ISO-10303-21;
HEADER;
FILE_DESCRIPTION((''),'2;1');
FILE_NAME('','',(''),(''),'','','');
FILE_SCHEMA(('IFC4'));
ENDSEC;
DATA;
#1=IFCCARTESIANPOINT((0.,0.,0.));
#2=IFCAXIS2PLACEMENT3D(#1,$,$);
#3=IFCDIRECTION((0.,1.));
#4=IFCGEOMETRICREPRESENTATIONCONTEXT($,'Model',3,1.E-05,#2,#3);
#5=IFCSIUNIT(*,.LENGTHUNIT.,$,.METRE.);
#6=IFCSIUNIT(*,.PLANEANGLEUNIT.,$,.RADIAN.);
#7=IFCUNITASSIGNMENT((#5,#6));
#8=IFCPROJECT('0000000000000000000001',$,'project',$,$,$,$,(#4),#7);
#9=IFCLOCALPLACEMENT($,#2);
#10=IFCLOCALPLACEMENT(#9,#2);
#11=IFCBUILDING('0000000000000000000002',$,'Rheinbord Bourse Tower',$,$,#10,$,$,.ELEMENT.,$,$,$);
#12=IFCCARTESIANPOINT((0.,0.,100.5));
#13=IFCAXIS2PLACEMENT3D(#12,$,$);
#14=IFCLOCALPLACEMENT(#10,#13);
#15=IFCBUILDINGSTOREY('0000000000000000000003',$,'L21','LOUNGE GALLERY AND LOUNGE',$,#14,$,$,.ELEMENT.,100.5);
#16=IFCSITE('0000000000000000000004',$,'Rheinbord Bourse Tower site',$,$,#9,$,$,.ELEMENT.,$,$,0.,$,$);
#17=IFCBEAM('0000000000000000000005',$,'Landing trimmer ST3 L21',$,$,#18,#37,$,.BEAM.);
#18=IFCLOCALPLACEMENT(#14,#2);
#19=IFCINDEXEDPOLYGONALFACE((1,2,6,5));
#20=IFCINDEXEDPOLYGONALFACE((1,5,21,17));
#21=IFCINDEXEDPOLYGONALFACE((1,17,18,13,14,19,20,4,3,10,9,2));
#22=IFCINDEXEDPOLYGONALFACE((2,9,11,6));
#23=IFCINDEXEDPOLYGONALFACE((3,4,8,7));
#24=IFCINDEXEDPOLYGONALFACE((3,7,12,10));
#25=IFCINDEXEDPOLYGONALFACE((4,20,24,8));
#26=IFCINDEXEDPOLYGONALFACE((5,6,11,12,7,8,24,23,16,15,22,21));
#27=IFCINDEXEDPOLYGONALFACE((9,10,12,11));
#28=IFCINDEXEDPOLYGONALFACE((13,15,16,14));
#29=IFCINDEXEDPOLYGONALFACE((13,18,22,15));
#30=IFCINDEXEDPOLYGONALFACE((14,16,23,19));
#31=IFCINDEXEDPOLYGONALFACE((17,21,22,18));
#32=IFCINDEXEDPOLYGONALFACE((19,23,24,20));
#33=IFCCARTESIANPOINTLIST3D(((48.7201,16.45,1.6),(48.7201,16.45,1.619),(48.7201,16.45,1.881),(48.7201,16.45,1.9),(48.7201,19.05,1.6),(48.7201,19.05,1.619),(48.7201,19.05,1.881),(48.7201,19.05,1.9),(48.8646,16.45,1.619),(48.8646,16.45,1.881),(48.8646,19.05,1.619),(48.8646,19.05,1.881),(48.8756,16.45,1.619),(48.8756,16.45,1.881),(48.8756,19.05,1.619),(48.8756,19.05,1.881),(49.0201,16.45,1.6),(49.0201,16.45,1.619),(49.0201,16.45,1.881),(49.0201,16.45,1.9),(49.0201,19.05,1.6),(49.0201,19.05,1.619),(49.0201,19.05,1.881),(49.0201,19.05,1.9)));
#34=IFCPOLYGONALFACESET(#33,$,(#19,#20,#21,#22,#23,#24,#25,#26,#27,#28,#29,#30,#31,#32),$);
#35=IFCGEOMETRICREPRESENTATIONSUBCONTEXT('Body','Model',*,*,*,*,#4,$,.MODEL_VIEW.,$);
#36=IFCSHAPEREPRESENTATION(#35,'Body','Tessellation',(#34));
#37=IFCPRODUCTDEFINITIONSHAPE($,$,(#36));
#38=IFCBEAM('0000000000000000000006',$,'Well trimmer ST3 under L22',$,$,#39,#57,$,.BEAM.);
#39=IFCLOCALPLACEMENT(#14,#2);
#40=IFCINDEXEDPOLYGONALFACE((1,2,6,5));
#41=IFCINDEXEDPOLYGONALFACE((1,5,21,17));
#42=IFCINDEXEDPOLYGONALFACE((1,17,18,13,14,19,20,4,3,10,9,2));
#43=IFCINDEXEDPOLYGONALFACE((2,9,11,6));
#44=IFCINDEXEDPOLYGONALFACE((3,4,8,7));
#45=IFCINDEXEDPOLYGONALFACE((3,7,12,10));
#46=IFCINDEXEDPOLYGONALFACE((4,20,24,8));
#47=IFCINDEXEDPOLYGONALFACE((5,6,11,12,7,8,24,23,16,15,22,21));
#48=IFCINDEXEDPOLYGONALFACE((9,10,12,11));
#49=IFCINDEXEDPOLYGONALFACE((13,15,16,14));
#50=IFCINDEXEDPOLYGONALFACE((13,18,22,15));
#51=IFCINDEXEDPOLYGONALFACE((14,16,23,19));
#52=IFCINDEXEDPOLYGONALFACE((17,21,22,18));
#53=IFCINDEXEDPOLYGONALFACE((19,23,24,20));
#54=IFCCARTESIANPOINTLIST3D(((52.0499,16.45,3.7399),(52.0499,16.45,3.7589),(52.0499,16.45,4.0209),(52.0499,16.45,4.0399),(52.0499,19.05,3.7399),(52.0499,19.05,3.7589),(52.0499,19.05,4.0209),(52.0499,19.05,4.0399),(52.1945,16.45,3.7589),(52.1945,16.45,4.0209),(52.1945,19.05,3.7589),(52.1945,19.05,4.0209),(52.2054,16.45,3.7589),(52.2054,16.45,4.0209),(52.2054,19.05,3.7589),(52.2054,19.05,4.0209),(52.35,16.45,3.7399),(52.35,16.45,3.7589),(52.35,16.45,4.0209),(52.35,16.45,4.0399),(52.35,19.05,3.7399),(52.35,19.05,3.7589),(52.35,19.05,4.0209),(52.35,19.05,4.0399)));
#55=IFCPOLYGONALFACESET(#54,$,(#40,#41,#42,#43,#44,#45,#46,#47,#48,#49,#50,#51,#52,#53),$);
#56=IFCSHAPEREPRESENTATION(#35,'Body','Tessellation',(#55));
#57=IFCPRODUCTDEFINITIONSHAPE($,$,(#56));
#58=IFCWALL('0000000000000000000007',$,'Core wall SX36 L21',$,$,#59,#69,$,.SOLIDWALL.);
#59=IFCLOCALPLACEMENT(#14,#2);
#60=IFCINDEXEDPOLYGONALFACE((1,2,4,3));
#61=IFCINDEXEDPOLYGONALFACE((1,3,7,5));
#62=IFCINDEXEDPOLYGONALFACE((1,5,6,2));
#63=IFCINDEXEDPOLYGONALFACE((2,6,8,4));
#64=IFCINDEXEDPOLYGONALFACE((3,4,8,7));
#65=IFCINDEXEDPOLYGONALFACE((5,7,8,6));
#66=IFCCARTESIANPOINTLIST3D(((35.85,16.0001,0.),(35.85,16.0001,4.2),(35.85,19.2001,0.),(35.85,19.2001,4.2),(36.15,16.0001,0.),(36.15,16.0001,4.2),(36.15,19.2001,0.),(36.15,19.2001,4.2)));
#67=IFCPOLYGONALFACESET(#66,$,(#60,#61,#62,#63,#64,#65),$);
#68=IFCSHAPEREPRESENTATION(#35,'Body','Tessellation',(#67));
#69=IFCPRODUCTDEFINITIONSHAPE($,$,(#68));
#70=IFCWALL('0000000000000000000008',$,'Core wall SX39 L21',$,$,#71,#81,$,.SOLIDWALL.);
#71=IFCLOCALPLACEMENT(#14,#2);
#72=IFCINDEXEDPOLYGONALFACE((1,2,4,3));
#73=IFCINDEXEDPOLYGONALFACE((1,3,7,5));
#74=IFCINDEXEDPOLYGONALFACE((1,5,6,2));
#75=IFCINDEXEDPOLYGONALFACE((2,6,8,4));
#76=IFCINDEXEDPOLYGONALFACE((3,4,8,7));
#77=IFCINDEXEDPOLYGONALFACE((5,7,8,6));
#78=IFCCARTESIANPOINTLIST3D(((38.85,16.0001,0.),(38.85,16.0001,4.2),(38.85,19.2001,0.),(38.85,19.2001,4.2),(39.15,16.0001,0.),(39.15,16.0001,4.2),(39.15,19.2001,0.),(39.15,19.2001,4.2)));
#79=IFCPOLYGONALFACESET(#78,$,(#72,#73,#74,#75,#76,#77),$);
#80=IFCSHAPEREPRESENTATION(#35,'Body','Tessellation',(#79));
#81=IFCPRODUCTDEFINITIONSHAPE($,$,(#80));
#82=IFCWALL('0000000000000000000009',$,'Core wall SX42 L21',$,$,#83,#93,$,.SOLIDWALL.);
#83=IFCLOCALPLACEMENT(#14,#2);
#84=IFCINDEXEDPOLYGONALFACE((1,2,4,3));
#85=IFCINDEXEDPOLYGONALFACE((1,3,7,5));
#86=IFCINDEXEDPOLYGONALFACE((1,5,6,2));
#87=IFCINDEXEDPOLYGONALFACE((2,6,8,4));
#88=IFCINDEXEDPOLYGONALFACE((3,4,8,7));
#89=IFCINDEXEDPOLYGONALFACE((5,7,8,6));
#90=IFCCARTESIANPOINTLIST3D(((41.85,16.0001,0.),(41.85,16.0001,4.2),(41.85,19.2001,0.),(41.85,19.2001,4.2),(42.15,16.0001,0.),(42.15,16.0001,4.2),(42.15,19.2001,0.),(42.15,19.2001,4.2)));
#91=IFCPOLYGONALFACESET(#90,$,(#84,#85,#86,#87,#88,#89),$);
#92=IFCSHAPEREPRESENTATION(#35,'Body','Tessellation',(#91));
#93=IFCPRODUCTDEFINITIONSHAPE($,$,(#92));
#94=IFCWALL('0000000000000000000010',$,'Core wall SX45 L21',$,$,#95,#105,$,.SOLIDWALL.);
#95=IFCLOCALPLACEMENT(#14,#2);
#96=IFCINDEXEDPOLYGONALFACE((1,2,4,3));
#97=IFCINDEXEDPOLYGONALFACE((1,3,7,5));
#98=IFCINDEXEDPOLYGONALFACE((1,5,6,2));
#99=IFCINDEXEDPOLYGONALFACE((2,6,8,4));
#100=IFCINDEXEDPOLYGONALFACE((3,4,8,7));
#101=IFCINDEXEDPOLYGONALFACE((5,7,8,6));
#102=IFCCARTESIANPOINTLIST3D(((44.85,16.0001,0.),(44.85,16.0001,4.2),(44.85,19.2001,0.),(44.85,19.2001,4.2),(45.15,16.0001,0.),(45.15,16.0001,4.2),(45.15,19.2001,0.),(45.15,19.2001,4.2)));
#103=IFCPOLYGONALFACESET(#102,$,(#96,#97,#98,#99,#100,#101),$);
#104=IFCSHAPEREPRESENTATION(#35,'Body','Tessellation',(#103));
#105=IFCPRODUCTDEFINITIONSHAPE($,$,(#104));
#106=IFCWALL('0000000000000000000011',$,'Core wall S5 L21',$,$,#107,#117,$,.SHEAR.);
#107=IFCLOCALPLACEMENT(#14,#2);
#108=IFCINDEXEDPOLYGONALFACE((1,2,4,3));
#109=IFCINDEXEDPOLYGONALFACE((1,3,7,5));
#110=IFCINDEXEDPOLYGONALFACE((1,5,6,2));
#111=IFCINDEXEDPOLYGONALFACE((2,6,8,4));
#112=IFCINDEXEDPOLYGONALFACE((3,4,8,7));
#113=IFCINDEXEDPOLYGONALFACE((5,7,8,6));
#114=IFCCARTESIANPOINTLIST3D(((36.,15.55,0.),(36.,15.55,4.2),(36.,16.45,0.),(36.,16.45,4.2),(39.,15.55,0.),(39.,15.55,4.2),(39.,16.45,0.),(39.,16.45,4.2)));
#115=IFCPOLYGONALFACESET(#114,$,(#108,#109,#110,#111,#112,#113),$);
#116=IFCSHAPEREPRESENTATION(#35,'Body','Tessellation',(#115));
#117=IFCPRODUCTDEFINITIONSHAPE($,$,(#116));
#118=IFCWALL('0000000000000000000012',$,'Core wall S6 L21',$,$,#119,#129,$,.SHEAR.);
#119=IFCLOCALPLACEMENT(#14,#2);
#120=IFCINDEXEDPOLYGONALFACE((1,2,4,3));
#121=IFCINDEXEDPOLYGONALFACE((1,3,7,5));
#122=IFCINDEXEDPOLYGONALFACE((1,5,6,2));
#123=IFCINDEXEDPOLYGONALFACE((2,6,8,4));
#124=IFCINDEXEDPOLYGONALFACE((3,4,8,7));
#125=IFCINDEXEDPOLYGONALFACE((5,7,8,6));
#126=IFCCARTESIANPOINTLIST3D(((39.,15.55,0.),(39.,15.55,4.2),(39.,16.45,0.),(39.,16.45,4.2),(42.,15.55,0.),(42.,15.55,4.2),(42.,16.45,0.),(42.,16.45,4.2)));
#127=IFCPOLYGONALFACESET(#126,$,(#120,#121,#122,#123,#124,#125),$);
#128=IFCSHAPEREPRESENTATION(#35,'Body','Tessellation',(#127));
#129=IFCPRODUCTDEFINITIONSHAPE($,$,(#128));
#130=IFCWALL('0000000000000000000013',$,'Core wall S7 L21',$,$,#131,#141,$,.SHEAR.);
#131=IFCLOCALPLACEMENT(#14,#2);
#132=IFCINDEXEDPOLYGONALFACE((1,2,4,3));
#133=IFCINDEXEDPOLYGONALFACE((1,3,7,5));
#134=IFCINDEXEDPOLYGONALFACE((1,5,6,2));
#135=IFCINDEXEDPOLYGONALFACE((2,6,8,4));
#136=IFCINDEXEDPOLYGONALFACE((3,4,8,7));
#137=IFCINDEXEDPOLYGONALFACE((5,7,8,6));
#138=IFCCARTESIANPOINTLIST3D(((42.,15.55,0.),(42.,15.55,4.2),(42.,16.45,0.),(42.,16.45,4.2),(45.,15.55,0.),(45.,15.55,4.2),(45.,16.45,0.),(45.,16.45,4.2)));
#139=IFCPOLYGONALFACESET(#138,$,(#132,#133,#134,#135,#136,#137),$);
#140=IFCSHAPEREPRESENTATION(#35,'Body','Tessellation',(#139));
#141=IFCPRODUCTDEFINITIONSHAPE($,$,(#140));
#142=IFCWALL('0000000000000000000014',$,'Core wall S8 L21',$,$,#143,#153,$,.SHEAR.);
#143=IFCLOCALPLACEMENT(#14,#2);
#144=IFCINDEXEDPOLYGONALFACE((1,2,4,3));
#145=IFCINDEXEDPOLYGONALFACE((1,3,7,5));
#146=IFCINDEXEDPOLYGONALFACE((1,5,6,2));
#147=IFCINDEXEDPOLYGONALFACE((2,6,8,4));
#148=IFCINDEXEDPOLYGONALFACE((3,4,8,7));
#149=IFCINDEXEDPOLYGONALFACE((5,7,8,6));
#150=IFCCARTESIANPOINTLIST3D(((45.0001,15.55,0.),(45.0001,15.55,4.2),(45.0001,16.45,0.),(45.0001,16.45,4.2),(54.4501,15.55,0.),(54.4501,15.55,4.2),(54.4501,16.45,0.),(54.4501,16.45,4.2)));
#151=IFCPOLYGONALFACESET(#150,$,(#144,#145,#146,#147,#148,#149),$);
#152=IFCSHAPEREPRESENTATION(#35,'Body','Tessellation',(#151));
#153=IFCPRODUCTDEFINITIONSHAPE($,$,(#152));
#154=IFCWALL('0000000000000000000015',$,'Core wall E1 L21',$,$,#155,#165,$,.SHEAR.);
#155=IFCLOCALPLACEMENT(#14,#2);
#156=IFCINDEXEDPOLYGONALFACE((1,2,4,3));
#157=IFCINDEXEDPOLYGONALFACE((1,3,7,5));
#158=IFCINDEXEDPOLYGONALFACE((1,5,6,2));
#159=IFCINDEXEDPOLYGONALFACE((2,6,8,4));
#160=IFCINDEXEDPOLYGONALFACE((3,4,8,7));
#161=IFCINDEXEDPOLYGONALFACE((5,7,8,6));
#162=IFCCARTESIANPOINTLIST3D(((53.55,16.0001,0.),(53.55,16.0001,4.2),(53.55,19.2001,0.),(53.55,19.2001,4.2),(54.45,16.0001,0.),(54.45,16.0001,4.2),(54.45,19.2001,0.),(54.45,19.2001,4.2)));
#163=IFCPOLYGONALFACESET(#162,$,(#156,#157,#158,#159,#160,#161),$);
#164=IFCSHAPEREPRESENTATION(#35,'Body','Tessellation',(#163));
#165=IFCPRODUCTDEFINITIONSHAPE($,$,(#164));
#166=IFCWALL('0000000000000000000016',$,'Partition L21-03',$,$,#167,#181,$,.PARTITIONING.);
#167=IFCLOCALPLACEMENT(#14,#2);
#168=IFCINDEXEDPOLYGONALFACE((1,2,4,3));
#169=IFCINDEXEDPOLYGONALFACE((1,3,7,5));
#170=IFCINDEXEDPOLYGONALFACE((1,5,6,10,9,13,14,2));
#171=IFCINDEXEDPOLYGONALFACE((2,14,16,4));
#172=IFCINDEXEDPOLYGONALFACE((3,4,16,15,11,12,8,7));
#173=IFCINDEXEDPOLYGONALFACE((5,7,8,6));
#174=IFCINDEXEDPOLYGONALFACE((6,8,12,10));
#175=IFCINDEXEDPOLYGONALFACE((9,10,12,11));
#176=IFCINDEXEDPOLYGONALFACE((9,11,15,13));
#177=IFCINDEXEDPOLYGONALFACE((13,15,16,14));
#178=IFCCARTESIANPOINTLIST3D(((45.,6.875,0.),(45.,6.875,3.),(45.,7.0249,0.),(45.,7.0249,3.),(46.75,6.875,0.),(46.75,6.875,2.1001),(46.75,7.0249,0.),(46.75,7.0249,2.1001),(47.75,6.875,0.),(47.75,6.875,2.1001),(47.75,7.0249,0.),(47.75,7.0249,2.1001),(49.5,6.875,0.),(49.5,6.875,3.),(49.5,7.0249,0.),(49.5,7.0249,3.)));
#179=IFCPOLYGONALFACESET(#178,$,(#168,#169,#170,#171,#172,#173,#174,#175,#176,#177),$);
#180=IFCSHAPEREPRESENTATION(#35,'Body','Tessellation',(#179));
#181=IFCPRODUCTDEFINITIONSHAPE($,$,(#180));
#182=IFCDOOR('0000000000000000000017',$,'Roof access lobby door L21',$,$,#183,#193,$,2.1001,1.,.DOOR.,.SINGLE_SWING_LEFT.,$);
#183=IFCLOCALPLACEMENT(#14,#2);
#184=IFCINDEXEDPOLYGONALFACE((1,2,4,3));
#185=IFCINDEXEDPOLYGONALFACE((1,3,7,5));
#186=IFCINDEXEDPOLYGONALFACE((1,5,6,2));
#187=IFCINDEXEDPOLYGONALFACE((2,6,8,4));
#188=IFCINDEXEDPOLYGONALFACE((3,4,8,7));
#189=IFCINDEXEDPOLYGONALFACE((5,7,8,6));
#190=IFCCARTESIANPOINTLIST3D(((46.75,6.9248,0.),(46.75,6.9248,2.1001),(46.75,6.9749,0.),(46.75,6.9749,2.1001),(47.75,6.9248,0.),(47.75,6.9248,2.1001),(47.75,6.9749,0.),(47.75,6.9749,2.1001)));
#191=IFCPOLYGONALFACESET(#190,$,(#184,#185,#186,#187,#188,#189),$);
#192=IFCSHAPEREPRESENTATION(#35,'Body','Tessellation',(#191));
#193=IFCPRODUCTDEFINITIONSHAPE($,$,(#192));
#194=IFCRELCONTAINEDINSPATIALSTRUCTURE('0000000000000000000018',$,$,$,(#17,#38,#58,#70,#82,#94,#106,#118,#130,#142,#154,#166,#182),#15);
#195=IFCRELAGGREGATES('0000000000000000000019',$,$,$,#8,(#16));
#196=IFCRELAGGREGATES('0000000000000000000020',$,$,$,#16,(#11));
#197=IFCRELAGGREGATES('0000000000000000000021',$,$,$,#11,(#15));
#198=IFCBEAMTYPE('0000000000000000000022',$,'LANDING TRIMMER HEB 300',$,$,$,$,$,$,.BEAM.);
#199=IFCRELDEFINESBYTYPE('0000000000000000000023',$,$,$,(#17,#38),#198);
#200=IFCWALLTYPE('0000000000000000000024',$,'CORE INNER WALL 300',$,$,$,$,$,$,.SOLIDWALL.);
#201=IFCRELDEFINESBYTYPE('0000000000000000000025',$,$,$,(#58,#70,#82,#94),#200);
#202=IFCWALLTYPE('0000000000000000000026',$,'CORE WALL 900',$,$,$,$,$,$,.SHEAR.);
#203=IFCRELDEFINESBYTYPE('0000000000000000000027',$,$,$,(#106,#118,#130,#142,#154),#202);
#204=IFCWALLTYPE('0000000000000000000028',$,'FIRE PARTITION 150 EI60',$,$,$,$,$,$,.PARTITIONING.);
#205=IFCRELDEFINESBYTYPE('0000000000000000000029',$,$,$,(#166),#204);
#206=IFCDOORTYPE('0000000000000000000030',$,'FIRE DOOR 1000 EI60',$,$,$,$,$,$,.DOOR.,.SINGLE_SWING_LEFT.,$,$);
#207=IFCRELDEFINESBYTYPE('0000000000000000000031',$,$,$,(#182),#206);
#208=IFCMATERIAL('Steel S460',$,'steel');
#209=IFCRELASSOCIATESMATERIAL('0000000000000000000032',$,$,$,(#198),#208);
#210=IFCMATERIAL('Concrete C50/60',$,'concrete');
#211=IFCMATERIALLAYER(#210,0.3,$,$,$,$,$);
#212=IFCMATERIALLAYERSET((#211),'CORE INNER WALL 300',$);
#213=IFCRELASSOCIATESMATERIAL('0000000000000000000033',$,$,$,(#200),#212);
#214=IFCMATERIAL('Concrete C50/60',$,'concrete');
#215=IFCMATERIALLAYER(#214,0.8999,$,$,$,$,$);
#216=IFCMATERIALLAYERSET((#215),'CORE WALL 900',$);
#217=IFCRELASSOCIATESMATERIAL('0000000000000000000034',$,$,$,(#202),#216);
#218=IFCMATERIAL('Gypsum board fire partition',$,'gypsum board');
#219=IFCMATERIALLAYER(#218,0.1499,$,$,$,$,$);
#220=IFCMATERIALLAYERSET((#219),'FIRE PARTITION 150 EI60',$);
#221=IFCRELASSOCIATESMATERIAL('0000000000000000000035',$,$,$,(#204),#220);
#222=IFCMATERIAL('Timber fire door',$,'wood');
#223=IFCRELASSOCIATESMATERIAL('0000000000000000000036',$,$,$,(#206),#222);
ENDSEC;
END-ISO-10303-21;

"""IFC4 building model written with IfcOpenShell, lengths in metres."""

from ifc_helpers import new_model, si_unit, direction, frame, frame_2d, origin, origin_2d, place, context, subcontext, project, spatial, rectangle, i_section, extrude, material, layer, layer_set, material_profile, profile_set, type_object, element, fill, save


model = new_model("IFC4")

# Units and contexts
model_context = context("Model", 3, precision=1e-05, world=origin(), true_north=direction((0.0, 1.0)))
body_context = subcontext(model_context, "Body", "Model", "MODEL_VIEW")
ifc_project = project(units=[si_unit("LENGTHUNIT", "METRE"), si_unit("PLANEANGLEUNIT", "RADIAN")], contexts=[model_context])

# Site, building, storey
site_placement = place(None, origin())
site = spatial("IfcSite", under=ifc_project, at=site_placement, Name="Rheinbord Bourse Tower site", CompositionType="ELEMENT", RefElevation=0.0)
building_placement = place(site_placement, origin())
building = spatial("IfcBuilding", under=site, at=building_placement, Name="Rheinbord Bourse Tower", CompositionType="ELEMENT")
storey_placement = place(building_placement, frame((0.0, 0.0, 100.5)))
storey = spatial("IfcBuildingStorey", under=building, at=storey_placement, Name="L21", Description="LOUNGE GALLERY AND LOUNGE", CompositionType="ELEMENT", Elevation=100.5)

# Beams
ifc_material_1 = material(Name="Steel S460", Category="steel")
ifc_material_profile = material_profile(ifc_material_1, i_section(OverallWidth=0.3, OverallDepth=0.3, WebThickness=0.011, FlangeThickness=0.019, at=origin_2d()), Name="HEB 300")
ifc_profile_set = profile_set([ifc_material_profile], Name="Steel S460")
beam_type = type_object("IfcBeamType", Name="LANDING TRIMMER HEB 300", PredefinedType="BEAM", material=ifc_profile_set)
for number, where, z_axis, x_axis, name in (
    (1, (48.8701, 16.45, 1.75), (0.0, 1.0, 0.0), (-1.0, 0.0, 0.0), "Landing trimmer ST3 L21"),
    (2, (52.2, 16.45, 3.8899), (0.0, 1.0, 0.0), (-1.0, 0.0, 0.0), "Well trimmer ST3 under L22"),
):
    element("IfcBeam", number, at=place(storey_placement, frame(where, z_axis=z_axis, x_axis=x_axis)), inside=storey, type_object=beam_type, Name=name, PredefinedType="BEAM", context=body_context, shape_type="SweptSolid", body=[
        extrude(i_section(OverallWidth=0.3, OverallDepth=0.3, WebThickness=0.011, FlangeThickness=0.019, at=origin_2d()), origin(), (0.0, 0.0, 1.0), 2.6001),
    ])

# Walls
ifc_material_2 = material(Name="Concrete C50/60", Category="concrete")
ifc_layer_1 = layer(ifc_material_2, 0.3)
ifc_layer_set_1 = layer_set([ifc_layer_1], Name="CORE INNER WALL 300")
wall_type_1 = type_object("IfcWallType", Name="CORE INNER WALL 300", PredefinedType="SOLIDWALL", material=ifc_layer_set_1)
for number, where, z_axis, x_axis, name in (
    (3, (36.0, 16.0, 0.0), (0.0, 0.0, 1.0), (0.0, 1.0, 0.0), "Core wall SX36 L21"),
    (4, (39.0, 16.0, 0.0), (0.0, 0.0, 1.0), (0.0, 1.0, 0.0), "Core wall SX39 L21"),
    (5, (42.0, 16.0, 0.0), (0.0, 0.0, 1.0), (0.0, 1.0, 0.0), "Core wall SX42 L21"),
    (6, (45.0, 16.0, 0.0), (0.0, 0.0, 1.0), (0.0, 1.0, 0.0), "Core wall SX45 L21"),
):
    element("IfcWall", number, at=place(storey_placement, frame(where, z_axis=z_axis, x_axis=x_axis)), inside=storey, type_object=wall_type_1, Name=name, PredefinedType="SOLIDWALL", context=body_context, shape_type="SweptSolid", body=[
        extrude(rectangle(XDim=3.2, YDim=0.3, at=frame_2d((1.6001, 0.0))), origin(), (0.0, 0.0, 1.0), 4.2),
    ])
ifc_material_3 = material(Name="Concrete C50/60", Category="concrete")
ifc_layer_2 = layer(ifc_material_3, 0.8999)
ifc_layer_set_2 = layer_set([ifc_layer_2], Name="CORE WALL 900")
wall_type_2 = type_object("IfcWallType", Name="CORE WALL 900", PredefinedType="SHEAR", material=ifc_layer_set_2)
for number, where, z_axis, x_axis, name in (
    (7, (36.0, 16.0, 0.0), (0.0, 0.0, 1.0), (1.0, 0.0, 0.0), "Core wall S5 L21"),
    (8, (39.0, 16.0, 0.0), (0.0, 0.0, 1.0), (1.0, 0.0, 0.0), "Core wall S6 L21"),
    (9, (42.0, 16.0, 0.0), (0.0, 0.0, 1.0), (1.0, 0.0, 0.0), "Core wall S7 L21"),
):
    element("IfcWall", number, at=place(storey_placement, frame(where, z_axis=z_axis, x_axis=x_axis)), inside=storey, type_object=wall_type_2, Name=name, PredefinedType="SHEAR", context=body_context, shape_type="SweptSolid", body=[
        extrude(rectangle(XDim=3.0, YDim=0.8999, at=frame_2d((1.5, 0.0))), origin(), (0.0, 0.0, 1.0), 4.2),
    ])
wall_1_placement = place(storey_placement, frame((45.0, 16.0, 0.0), z_axis=(0.0, 0.0, 1.0), x_axis=(1.0, 0.0, 0.0)))
element("IfcWall", 10, at=wall_1_placement, inside=storey, type_object=wall_type_2, Name="Core wall S8 L21", PredefinedType="SHEAR", context=body_context, shape_type="SweptSolid", body=[
    extrude(rectangle(XDim=9.45, YDim=0.8999, at=frame_2d((4.7251, 0.0))), origin(), (0.0, 0.0, 1.0), 4.2),
])
wall_2_placement = place(storey_placement, frame((54.0, 16.0, 0.0), z_axis=(0.0, 0.0, 1.0), x_axis=(0.0, 1.0, 0.0)))
element("IfcWall", 11, at=wall_2_placement, inside=storey, type_object=wall_type_2, Name="Core wall E1 L21", PredefinedType="SHEAR", context=body_context, shape_type="SweptSolid", body=[
    extrude(rectangle(XDim=3.2, YDim=0.8999, at=frame_2d((1.6001, 0.0))), origin(), (0.0, 0.0, 1.0), 4.2),
])

# Wall, opening, door
ifc_material_4 = material(Name="Gypsum board fire partition", Category="gypsum board")
ifc_layer_3 = layer(ifc_material_4, 0.1499)
ifc_layer_set_3 = layer_set([ifc_layer_3], Name="FIRE PARTITION 150 EI60")
wall_type_3 = type_object("IfcWallType", Name="FIRE PARTITION 150 EI60", PredefinedType="PARTITIONING", material=ifc_layer_set_3)
wall_3_placement = place(storey_placement, frame((45.0, 6.95, 0.0), z_axis=(0.0, 0.0, 1.0), x_axis=(1.0, 0.0, 0.0)))
wall_3 = element("IfcWall", 12, at=wall_3_placement, inside=storey, type_object=wall_type_3, Name="Partition L21-03", PredefinedType="PARTITIONING", context=body_context, shape_type="SweptSolid", body=[
    extrude(rectangle(XDim=4.5, YDim=0.1499, at=frame_2d((2.25, 0.0))), origin(), (0.0, 0.0, 1.0), 3.0),
])
opening_1_placement = place(wall_3_placement, frame((1.75, 0.0, 0.0)))
opening_1 = element("IfcOpeningElement", 13, at=opening_1_placement, cuts=wall_3, PredefinedType="OPENING", context=body_context, shape_type="SweptSolid", body=[
    extrude(rectangle(XDim=1.0, YDim=2.1001, at=frame_2d((0.5, 1.05))), frame((0.0, 0.085, 0.0), z_axis=(0.0, -1.0, 0.0), x_axis=(1.0, 0.0, 0.0)), (0.0, 0.0, 1.0), 0.1699),
])
ifc_material_5 = material(Name="Timber fire door", Category="wood")
door_type_1 = type_object("IfcDoorType", Name="FIRE DOOR 1000 EI60", OperationType="SINGLE_SWING_LEFT", PredefinedType="DOOR", material=ifc_material_5)
door_1_placement = place(opening_1_placement, origin())
door_1 = element("IfcDoor", 14, at=door_1_placement, inside=storey, type_object=door_type_1, Name="Roof access lobby door L21", OperationType="SINGLE_SWING_LEFT", OverallHeight=2.1001, OverallWidth=1.0, PredefinedType="DOOR", context=body_context, shape_type="SweptSolid", body=[
    extrude(rectangle(XDim=1.0, YDim=2.1001, at=frame_2d((0.5, 1.05))), frame((0.0, 0.0249, 0.0), z_axis=(0.0, -1.0, 0.0), x_axis=(1.0, 0.0, 0.0)), (0.0, 0.0, 1.0), 0.05),
])
fill(opening_1, door_1)

save(model, "model.ifc")
